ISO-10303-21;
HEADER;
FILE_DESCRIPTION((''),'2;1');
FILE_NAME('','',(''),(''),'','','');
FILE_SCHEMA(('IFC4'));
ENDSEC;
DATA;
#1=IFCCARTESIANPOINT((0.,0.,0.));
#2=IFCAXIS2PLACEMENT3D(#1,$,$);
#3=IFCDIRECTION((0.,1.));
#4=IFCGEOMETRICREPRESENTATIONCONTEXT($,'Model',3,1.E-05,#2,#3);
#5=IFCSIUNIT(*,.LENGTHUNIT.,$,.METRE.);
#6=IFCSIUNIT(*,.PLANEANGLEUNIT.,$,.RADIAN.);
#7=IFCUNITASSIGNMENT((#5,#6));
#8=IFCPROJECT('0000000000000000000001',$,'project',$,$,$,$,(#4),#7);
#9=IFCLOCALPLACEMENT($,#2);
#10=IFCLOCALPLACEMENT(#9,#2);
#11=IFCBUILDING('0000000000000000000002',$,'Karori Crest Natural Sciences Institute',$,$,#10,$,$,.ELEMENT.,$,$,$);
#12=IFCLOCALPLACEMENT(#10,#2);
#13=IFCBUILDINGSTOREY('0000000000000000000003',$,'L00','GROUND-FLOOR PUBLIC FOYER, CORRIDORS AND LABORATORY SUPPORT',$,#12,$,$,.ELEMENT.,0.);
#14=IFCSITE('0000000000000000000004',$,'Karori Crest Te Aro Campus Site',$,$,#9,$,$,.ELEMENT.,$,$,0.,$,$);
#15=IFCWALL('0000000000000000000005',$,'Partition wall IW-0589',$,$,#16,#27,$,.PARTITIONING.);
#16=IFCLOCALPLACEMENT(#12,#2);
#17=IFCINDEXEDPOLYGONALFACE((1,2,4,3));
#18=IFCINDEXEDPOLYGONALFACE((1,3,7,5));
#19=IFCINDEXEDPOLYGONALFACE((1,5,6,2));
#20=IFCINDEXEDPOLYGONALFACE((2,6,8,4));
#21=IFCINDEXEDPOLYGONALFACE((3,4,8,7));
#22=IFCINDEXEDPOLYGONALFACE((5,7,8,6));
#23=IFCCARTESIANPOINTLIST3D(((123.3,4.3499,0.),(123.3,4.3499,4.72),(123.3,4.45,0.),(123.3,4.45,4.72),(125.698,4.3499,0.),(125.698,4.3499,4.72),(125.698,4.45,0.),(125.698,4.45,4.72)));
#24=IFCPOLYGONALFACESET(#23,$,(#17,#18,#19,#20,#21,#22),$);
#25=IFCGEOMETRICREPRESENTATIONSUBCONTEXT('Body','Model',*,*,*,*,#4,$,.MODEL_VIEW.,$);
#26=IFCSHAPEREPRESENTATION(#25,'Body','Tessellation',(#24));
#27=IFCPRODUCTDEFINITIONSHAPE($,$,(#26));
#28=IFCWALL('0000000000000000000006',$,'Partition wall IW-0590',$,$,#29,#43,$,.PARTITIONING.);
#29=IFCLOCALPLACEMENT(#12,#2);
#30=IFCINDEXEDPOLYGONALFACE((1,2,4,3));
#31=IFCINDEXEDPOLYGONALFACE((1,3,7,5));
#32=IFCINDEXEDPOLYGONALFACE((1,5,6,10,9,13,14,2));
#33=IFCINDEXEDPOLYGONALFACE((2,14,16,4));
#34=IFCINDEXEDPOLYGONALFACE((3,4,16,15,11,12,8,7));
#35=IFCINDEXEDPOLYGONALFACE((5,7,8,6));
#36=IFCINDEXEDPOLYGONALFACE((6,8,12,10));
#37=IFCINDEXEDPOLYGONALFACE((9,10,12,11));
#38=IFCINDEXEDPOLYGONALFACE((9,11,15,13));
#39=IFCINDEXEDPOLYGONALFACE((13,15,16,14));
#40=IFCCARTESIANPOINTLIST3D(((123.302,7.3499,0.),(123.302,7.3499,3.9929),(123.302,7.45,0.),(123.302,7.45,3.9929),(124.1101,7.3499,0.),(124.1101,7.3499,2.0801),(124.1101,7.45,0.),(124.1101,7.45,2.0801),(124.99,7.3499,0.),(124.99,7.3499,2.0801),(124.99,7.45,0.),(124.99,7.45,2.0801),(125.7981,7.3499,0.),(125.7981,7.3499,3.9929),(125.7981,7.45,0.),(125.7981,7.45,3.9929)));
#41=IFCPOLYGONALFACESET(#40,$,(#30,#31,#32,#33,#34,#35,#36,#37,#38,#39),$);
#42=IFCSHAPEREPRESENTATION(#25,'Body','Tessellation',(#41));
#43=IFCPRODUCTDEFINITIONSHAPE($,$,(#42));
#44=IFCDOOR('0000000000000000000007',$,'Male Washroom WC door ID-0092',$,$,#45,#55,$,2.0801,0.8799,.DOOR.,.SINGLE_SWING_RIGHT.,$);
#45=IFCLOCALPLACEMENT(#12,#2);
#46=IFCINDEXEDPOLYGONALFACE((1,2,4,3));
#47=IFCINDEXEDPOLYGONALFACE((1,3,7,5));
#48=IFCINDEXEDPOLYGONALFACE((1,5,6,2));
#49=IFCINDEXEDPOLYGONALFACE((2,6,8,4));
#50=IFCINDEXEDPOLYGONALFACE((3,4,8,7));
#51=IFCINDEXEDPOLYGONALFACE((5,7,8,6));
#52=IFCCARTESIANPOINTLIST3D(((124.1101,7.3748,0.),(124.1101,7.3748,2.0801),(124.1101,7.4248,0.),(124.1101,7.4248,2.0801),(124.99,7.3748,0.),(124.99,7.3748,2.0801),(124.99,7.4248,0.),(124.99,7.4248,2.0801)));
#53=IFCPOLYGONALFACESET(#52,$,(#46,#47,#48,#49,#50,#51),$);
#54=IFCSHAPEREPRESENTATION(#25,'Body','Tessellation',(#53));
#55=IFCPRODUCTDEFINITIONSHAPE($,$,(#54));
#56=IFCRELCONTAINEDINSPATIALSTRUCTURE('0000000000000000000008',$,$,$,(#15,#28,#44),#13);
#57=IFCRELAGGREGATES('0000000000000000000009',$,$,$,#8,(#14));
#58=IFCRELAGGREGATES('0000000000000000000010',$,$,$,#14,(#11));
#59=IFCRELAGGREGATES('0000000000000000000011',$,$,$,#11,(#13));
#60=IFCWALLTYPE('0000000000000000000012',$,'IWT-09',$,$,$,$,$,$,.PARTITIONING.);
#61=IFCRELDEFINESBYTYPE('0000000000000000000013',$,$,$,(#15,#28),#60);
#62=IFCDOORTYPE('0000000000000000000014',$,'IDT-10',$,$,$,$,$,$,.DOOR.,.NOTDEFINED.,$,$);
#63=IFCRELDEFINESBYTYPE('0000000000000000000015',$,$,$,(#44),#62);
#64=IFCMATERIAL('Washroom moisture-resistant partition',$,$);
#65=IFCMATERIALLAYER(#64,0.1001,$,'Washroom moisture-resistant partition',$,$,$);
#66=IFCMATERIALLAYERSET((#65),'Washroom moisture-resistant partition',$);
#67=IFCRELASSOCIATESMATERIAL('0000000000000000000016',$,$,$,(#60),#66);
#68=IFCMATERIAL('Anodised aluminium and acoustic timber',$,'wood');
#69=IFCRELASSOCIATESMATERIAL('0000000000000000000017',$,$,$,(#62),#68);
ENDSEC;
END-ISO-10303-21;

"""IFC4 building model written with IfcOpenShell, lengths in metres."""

from ifc_helpers import new_model, si_unit, direction, frame, frame_2d, origin, place, context, subcontext, project, spatial, rectangle, extrude, material, layer, layer_set, type_object, element, fill, save


model = new_model("IFC4")

# Units and contexts
model_context = context("Model", 3, precision=1e-05, world=origin(), true_north=direction((0.0, 1.0)))
body_context = subcontext(model_context, "Body", "Model", "MODEL_VIEW")
ifc_project = project(units=[si_unit("LENGTHUNIT", "METRE"), si_unit("PLANEANGLEUNIT", "RADIAN")], contexts=[model_context])

# Site, building, storey
site_placement = place(None, origin())
site = spatial("IfcSite", under=ifc_project, at=site_placement, Name="Karori Crest Te Aro Campus Site", CompositionType="ELEMENT", RefElevation=0.0)
building_placement = place(site_placement, origin())
building = spatial("IfcBuilding", under=site, at=building_placement, Name="Karori Crest Natural Sciences Institute", CompositionType="ELEMENT")
storey_placement = place(building_placement, origin())
storey = spatial("IfcBuildingStorey", under=building, at=storey_placement, Name="L00", Description="GROUND-FLOOR PUBLIC FOYER, CORRIDORS AND LABORATORY SUPPORT", CompositionType="ELEMENT", Elevation=0.0)

# Wall
ifc_material_1 = material(Name="Washroom moisture-resistant partition")
ifc_layer_1 = layer(ifc_material_1, 0.1001, Name="Washroom moisture-resistant partition")
ifc_layer_set_1 = layer_set([ifc_layer_1], Name="Washroom moisture-resistant partition")
wall_type_1 = type_object("IfcWallType", Name="IWT-09", PredefinedType="PARTITIONING", material=ifc_layer_set_1)
wall_1_placement = place(storey_placement, frame((123.3, 4.3999, 0.0), z_axis=(0.0, 0.0, 1.0), x_axis=(1.0, 0.0, 0.0)))
element("IfcWall", 1, at=wall_1_placement, inside=storey, type_object=wall_type_1, Name="Partition wall IW-0589", PredefinedType="PARTITIONING", context=body_context, shape_type="SweptSolid", body=[
    extrude(rectangle(XDim=2.3979, YDim=0.1001, at=frame_2d((1.199, 0.0))), origin(), (0.0, 0.0, 1.0), 4.72),
])

# Wall, opening, door
wall_2_placement = place(storey_placement, frame((123.302, 7.3999, 0.0), z_axis=(0.0, 0.0, 1.0), x_axis=(1.0, 0.0, 0.0)))
wall_2 = element("IfcWall", 2, at=wall_2_placement, inside=storey, type_object=wall_type_1, Name="Partition wall IW-0590", PredefinedType="PARTITIONING", context=body_context, shape_type="SweptSolid", body=[
    extrude(rectangle(XDim=2.4961, YDim=0.1001, at=frame_2d((1.248, 0.0))), origin(), (0.0, 0.0, 1.0), 3.9929),
])
opening_1_placement = place(wall_2_placement, frame((0.8081, 0.0, 0.0)))
opening_1 = element("IfcOpeningElement", 3, at=opening_1_placement, cuts=wall_2, PredefinedType="OPENING", context=body_context, shape_type="SweptSolid", body=[
    extrude(rectangle(XDim=0.8799, YDim=2.0801, at=frame_2d((0.4399, 1.04))), frame((0.0, 0.0601, 0.0), z_axis=(0.0, -1.0, 0.0), x_axis=(1.0, 0.0, 0.0)), (0.0, 0.0, 1.0), 0.1201),
])
ifc_material_2 = material(Name="Anodised aluminium and acoustic timber", Category="wood")
door_type_1 = type_object("IfcDoorType", Name="IDT-10", OperationType="NOTDEFINED", PredefinedType="DOOR", material=ifc_material_2)
door_1_placement = place(opening_1_placement, origin())
door_1 = element("IfcDoor", 4, at=door_1_placement, inside=storey, type_object=door_type_1, Name="Male Washroom WC door ID-0092", OperationType="SINGLE_SWING_RIGHT", OverallHeight=2.0801, OverallWidth=0.8799, PredefinedType="DOOR", context=body_context, shape_type="SweptSolid", body=[
    extrude(rectangle(XDim=0.8799, YDim=2.0801, at=frame_2d((0.4399, 1.04))), frame((0.0, 0.0249, 0.0), z_axis=(0.0, -1.0, 0.0), x_axis=(1.0, 0.0, 0.0)), (0.0, 0.0, 1.0), 0.05),
])
fill(opening_1, door_1)

save(model, "model.ifc")
